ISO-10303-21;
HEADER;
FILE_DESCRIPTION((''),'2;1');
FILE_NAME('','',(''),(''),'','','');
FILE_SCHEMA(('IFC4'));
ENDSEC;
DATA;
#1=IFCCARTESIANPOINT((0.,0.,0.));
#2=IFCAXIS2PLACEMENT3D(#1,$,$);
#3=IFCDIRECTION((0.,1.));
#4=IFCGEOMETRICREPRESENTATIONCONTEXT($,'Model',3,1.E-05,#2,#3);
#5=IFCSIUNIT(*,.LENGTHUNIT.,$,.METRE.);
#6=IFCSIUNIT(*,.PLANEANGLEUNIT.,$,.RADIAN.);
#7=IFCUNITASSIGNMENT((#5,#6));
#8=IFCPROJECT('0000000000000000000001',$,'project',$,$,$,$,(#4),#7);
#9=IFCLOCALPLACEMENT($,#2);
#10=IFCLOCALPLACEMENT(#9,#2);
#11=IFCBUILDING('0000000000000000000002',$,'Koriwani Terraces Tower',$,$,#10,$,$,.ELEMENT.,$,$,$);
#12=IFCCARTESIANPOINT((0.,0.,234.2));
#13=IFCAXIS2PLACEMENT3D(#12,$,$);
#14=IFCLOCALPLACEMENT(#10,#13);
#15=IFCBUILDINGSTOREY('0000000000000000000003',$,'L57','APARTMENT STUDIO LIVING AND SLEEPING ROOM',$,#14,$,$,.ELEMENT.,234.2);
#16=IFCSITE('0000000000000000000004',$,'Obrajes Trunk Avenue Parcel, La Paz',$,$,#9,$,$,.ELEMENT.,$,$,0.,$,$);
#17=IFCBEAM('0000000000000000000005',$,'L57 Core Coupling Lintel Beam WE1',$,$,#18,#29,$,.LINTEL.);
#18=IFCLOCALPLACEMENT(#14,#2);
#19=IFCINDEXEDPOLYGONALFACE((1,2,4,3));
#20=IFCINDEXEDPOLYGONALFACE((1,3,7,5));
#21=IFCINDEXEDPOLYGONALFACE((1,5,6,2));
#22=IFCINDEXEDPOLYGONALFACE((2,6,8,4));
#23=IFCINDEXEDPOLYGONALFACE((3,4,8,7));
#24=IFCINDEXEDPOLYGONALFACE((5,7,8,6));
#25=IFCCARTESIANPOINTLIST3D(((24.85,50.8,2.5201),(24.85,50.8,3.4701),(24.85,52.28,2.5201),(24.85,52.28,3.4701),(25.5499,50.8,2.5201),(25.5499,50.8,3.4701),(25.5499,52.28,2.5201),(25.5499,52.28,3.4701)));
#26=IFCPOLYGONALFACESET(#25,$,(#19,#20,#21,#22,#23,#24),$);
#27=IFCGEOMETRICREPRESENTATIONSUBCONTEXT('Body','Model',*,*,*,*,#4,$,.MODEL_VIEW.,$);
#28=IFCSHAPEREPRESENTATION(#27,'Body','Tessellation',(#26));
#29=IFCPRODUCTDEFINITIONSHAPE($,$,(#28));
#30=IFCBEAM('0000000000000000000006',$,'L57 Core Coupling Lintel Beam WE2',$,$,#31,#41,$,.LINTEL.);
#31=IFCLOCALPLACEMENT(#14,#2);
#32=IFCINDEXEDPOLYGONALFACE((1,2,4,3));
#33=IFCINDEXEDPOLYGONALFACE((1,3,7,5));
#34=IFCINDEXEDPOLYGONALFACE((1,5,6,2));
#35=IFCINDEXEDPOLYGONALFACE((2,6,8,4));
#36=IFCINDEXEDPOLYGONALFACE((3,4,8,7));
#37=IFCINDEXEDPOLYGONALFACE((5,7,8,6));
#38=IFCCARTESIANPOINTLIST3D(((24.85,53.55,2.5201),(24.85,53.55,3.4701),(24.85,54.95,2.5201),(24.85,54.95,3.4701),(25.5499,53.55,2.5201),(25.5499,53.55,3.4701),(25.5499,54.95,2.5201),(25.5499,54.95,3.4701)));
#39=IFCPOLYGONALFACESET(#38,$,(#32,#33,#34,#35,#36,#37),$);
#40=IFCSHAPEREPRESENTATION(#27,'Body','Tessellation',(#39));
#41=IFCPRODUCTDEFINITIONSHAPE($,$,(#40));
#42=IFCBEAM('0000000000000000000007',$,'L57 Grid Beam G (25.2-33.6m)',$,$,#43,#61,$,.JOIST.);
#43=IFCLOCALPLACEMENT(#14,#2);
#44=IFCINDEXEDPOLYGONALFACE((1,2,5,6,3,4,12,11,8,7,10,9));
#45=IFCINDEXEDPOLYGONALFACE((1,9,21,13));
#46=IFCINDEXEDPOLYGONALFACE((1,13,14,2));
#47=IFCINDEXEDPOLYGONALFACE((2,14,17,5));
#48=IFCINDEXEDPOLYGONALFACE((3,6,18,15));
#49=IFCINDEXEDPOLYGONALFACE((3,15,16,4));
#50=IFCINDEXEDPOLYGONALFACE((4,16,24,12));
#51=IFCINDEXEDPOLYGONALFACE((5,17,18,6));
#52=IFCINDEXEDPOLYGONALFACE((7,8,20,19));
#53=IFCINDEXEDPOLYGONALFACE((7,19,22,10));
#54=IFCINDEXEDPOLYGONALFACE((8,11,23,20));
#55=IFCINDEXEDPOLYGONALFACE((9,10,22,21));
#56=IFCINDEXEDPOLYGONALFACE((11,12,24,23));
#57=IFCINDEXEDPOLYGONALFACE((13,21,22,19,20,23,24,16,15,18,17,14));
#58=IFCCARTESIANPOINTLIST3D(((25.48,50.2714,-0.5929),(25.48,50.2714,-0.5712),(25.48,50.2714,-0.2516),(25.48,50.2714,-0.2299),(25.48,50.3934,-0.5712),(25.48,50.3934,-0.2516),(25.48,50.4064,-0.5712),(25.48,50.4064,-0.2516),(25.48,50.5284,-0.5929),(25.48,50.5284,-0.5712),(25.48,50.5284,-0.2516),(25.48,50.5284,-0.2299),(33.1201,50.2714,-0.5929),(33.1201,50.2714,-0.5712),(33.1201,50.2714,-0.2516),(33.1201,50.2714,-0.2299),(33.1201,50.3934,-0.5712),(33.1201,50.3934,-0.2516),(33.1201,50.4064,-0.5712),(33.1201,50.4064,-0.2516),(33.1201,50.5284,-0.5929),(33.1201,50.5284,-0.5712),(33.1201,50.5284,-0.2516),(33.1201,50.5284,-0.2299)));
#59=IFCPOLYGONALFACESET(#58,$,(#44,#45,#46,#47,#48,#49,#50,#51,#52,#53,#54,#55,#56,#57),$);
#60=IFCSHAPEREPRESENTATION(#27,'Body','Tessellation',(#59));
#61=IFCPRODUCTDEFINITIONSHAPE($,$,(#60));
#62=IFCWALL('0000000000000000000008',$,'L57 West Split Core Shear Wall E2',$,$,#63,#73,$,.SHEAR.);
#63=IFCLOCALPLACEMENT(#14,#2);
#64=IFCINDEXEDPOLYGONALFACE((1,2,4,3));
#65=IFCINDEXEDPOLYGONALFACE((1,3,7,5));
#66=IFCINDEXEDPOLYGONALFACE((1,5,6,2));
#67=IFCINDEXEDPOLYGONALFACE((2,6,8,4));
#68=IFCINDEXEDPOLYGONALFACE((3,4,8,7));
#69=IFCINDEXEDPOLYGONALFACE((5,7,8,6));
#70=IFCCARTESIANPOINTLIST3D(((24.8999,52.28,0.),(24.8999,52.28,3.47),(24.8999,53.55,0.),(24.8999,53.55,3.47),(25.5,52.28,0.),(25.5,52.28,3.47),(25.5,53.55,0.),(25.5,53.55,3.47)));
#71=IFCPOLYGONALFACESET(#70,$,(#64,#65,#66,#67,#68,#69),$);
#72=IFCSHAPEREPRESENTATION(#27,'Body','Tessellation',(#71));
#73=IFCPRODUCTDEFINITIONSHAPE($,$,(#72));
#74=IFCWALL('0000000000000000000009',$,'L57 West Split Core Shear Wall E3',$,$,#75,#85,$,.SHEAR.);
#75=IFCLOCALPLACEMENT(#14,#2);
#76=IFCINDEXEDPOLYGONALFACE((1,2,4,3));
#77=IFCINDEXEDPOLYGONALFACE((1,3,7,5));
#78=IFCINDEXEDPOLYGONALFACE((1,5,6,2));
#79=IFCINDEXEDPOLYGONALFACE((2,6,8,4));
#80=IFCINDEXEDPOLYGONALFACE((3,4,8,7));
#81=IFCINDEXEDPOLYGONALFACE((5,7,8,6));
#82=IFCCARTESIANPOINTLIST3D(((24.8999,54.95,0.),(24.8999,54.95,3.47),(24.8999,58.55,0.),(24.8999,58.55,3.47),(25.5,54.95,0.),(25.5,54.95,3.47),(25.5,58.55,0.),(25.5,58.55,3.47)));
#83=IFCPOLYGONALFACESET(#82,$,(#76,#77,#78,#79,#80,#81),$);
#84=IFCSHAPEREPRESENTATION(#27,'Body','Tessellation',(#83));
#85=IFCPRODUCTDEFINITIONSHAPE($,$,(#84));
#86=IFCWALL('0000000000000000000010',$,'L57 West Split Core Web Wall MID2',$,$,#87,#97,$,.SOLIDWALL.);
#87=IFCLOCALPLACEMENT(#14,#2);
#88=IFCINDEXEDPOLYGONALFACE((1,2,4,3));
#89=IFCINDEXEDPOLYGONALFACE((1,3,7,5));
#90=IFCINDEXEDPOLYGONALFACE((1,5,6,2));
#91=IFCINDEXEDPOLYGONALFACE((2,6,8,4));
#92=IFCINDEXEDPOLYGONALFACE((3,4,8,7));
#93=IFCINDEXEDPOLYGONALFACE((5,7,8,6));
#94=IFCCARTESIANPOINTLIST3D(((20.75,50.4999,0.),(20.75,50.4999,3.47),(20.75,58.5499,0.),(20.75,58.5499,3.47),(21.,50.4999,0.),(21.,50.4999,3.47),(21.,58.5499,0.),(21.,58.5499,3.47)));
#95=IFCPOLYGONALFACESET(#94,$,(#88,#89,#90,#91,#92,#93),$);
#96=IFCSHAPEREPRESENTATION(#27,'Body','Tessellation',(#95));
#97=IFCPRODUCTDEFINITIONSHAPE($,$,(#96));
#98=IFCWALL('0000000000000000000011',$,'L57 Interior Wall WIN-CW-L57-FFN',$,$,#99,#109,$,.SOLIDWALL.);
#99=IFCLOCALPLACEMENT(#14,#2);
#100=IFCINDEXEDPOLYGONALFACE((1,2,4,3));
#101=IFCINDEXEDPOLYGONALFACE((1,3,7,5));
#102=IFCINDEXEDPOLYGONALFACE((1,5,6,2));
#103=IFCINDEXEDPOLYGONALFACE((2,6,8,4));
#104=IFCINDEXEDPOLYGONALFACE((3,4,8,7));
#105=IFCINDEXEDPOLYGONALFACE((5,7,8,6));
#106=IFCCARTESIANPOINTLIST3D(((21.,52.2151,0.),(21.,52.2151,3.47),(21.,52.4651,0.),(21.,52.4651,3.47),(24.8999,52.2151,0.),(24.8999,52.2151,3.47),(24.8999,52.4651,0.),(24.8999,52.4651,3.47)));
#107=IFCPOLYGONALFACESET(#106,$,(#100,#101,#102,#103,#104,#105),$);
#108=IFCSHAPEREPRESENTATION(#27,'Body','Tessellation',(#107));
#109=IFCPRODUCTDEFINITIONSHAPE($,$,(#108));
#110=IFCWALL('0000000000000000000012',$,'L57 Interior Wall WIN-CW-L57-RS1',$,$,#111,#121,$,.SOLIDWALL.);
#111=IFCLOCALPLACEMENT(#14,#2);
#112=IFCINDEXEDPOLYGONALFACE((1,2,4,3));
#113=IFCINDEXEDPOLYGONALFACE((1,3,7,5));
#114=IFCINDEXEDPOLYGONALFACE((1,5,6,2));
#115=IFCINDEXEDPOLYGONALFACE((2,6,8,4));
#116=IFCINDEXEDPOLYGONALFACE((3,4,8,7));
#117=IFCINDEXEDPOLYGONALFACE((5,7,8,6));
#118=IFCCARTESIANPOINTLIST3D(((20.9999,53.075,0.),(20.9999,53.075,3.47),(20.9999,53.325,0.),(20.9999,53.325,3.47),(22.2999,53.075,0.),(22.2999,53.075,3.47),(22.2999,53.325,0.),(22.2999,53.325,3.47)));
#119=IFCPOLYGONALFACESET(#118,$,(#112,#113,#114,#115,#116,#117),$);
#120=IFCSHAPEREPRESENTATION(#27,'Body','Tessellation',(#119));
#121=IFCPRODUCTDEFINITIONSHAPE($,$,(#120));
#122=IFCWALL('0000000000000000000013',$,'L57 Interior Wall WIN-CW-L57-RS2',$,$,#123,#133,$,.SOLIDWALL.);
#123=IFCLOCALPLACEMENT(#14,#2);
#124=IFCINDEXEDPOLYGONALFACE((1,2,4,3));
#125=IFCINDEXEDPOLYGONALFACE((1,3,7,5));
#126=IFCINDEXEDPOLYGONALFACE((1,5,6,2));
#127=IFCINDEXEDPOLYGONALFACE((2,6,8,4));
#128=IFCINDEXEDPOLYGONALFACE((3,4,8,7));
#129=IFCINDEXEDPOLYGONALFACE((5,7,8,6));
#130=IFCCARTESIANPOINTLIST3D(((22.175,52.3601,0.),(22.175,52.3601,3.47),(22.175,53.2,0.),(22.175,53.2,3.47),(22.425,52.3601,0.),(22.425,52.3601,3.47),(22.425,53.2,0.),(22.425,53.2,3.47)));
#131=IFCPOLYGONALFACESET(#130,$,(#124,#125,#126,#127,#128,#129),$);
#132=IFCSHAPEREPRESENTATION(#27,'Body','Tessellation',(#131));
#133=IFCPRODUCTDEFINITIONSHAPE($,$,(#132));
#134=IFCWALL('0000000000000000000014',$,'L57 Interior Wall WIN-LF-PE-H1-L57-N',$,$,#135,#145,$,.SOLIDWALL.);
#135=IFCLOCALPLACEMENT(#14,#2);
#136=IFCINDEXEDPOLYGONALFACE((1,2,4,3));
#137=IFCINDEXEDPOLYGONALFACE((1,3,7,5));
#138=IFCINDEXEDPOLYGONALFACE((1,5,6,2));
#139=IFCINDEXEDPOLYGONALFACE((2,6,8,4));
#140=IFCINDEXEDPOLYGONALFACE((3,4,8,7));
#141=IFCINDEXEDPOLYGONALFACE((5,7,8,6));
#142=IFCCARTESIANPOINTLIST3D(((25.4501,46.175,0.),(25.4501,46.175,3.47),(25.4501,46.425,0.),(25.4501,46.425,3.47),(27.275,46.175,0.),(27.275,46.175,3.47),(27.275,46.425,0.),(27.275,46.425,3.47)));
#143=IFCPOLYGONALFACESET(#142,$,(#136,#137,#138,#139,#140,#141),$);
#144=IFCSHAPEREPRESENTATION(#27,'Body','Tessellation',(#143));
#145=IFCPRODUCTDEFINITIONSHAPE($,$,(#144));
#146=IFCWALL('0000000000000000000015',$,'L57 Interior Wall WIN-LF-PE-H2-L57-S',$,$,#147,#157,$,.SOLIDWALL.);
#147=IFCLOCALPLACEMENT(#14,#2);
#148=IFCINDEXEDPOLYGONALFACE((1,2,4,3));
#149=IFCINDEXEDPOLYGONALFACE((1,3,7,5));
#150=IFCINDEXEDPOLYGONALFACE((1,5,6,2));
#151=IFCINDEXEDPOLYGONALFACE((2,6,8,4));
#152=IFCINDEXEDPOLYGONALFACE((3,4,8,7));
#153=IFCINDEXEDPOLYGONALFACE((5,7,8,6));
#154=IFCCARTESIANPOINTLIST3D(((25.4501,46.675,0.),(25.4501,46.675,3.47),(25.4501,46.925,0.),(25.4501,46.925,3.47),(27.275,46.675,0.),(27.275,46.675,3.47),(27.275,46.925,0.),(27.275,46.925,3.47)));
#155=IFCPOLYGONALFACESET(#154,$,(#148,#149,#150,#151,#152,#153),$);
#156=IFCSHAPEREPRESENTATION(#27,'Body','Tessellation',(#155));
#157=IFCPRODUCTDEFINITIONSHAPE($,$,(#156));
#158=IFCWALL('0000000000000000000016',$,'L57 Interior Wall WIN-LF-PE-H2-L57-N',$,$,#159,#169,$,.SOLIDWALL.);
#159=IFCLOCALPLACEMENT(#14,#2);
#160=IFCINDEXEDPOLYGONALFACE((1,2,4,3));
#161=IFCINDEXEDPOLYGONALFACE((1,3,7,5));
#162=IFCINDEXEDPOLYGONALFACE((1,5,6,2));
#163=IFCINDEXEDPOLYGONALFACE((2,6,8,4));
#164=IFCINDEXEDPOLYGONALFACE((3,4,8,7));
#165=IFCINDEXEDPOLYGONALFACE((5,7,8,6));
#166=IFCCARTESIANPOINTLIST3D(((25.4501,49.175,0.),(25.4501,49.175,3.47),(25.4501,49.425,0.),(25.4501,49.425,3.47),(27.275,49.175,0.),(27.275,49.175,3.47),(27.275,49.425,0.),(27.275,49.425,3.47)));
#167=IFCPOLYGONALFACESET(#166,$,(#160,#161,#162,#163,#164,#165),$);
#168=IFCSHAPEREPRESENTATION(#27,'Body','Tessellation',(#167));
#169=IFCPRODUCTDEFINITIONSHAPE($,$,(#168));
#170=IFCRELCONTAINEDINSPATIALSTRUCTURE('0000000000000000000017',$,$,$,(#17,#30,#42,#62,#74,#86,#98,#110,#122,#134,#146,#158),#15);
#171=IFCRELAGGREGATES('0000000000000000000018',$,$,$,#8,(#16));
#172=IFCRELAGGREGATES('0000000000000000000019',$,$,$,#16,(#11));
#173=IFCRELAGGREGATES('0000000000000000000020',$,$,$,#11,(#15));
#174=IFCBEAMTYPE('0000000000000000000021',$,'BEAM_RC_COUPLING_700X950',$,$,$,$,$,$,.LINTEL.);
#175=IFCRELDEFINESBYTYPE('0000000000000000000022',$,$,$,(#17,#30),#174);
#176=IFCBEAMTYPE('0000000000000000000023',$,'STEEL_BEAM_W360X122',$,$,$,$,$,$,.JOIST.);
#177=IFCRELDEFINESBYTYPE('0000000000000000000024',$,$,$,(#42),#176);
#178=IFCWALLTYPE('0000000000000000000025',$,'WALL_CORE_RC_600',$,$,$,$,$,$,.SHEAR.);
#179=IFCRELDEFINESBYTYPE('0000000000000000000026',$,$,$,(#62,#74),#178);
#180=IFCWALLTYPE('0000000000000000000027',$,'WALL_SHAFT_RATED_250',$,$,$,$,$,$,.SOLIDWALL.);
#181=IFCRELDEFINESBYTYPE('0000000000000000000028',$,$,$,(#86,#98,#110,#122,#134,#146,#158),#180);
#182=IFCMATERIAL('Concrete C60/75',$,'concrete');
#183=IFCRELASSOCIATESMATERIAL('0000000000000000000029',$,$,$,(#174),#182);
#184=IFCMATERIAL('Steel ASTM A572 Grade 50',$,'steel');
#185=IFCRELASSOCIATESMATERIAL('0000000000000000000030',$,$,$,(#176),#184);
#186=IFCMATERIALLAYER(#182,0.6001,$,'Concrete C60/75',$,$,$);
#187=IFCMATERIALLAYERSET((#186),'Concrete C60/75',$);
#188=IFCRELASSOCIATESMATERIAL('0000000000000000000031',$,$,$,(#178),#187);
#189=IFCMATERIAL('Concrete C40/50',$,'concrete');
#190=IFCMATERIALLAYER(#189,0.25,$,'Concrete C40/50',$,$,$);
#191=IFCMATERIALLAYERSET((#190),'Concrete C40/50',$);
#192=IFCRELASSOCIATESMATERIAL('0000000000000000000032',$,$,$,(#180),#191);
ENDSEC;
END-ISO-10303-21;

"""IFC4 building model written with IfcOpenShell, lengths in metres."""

from ifc_helpers import new_model, si_unit, direction, frame, frame_2d, origin, origin_2d, place, context, subcontext, project, spatial, rectangle, i_section, extrude, material, layer, layer_set, material_profile, profile_set, type_object, element, save


model = new_model("IFC4")

# Units and contexts
model_context = context("Model", 3, precision=1e-05, world=origin(), true_north=direction((0.0, 1.0)))
body_context = subcontext(model_context, "Body", "Model", "MODEL_VIEW")
ifc_project = project(units=[si_unit("LENGTHUNIT", "METRE"), si_unit("PLANEANGLEUNIT", "RADIAN")], contexts=[model_context])

# Site, building, storey
site_placement = place(None, origin())
site = spatial("IfcSite", under=ifc_project, at=site_placement, Name="Obrajes Trunk Avenue Parcel, La Paz", CompositionType="ELEMENT", RefElevation=0.0)
building_placement = place(site_placement, origin())
building = spatial("IfcBuilding", under=site, at=building_placement, Name="Koriwani Terraces Tower", CompositionType="ELEMENT")
storey_placement = place(building_placement, frame((0.0, 0.0, 234.2)))
storey = spatial("IfcBuildingStorey", under=building, at=storey_placement, Name="L57", Description="APARTMENT STUDIO LIVING AND SLEEPING ROOM", CompositionType="ELEMENT", Elevation=234.2)

# Beams
ifc_material_1 = material(Name="Concrete C60/75", Category="concrete")
ifc_material_profile_1 = material_profile(ifc_material_1, rectangle(XDim=0.7, YDim=0.95, at=origin_2d()), Name="Concrete C60/75", Category="LoadBearing")
ifc_profile_set_1 = profile_set([ifc_material_profile_1], Name="Concrete C60/75")
beam_type_1 = type_object("IfcBeamType", Name="BEAM_RC_COUPLING_700X950", PredefinedType="LINTEL", material=ifc_profile_set_1)
beam_1_placement = place(storey_placement, frame((25.2, 50.8, 2.9951), z_axis=(0.0, 1.0, 0.0), x_axis=(-1.0, 0.0, 0.0)))
element("IfcBeam", 1, at=beam_1_placement, inside=storey, type_object=beam_type_1, Name="L57 Core Coupling Lintel Beam WE1", PredefinedType="LINTEL", context=body_context, shape_type="SweptSolid", body=[
    extrude(rectangle(XDim=0.7, YDim=0.95, at=origin_2d()), origin(), (0.0, 0.0, 1.0), 1.48),
])
beam_2_placement = place(storey_placement, frame((25.2, 53.55, 2.9951), z_axis=(0.0, 1.0, 0.0), x_axis=(-1.0, 0.0, 0.0)))
element("IfcBeam", 2, at=beam_2_placement, inside=storey, type_object=beam_type_1, Name="L57 Core Coupling Lintel Beam WE2", PredefinedType="LINTEL", context=body_context, shape_type="SweptSolid", body=[
    extrude(rectangle(XDim=0.7, YDim=0.95, at=origin_2d()), origin(), (0.0, 0.0, 1.0), 1.3999),
])
ifc_material_2 = material(Name="Steel ASTM A572 Grade 50", Category="steel")
ifc_material_profile_2 = material_profile(ifc_material_2, i_section(OverallWidth=0.2571, OverallDepth=0.363, WebThickness=0.0129, FlangeThickness=0.0217, at=origin_2d()), Name="Steel ASTM A572 Grade 50", Category="LoadBearing")
ifc_profile_set_2 = profile_set([ifc_material_profile_2], Name="Steel ASTM A572 Grade 50")
beam_type_2 = type_object("IfcBeamType", Name="STEEL_BEAM_W360X122", PredefinedType="JOIST", material=ifc_profile_set_2)
beam_3_placement = place(storey_placement, frame((25.48, 50.3999, -0.4114), z_axis=(1.0, 0.0, 0.0), x_axis=(0.0, 1.0, 0.0)))
element("IfcBeam", 3, at=beam_3_placement, inside=storey, type_object=beam_type_2, Name="L57 Grid Beam G (25.2-33.6m)", PredefinedType="JOIST", context=body_context, shape_type="SweptSolid", body=[
    extrude(i_section(OverallWidth=0.2571, OverallDepth=0.363, WebThickness=0.0129, FlangeThickness=0.0217, at=origin_2d()), origin(), (0.0, 0.0, 1.0), 7.6401),
])

# Walls
ifc_layer_1 = layer(ifc_material_1, 0.6001, Name="Concrete C60/75")
ifc_layer_set_1 = layer_set([ifc_layer_1], Name="Concrete C60/75")
wall_type_1 = type_object("IfcWallType", Name="WALL_CORE_RC_600", PredefinedType="SHEAR", material=ifc_layer_set_1)
wall_1_placement = place(storey_placement, frame((25.2, 52.28, 0.0), z_axis=(0.0, 0.0, 1.0), x_axis=(0.0, 1.0, 0.0)))
element("IfcWall", 4, at=wall_1_placement, inside=storey, type_object=wall_type_1, Name="L57 West Split Core Shear Wall E2", PredefinedType="SHEAR", context=body_context, shape_type="SweptSolid", body=[
    extrude(rectangle(XDim=1.27, YDim=0.6001, at=frame_2d((0.635, 0.0))), origin(), (0.0, 0.0, 1.0), 3.47),
])
wall_2_placement = place(storey_placement, frame((25.2, 54.95, 0.0), z_axis=(0.0, 0.0, 1.0), x_axis=(0.0, 1.0, 0.0)))
element("IfcWall", 5, at=wall_2_placement, inside=storey, type_object=wall_type_1, Name="L57 West Split Core Shear Wall E3", PredefinedType="SHEAR", context=body_context, shape_type="SweptSolid", body=[
    extrude(rectangle(XDim=3.6001, YDim=0.6001, at=frame_2d((1.8, 0.0))), origin(), (0.0, 0.0, 1.0), 3.47),
])
ifc_material_3 = material(Name="Concrete C40/50", Category="concrete")
ifc_layer_2 = layer(ifc_material_3, 0.25, Name="Concrete C40/50")
ifc_layer_set_2 = layer_set([ifc_layer_2], Name="Concrete C40/50")
wall_type_2 = type_object("IfcWallType", Name="WALL_SHAFT_RATED_250", PredefinedType="SOLIDWALL", material=ifc_layer_set_2)
wall_3_placement = place(storey_placement, frame((20.875, 50.5, 0.0), z_axis=(0.0, 0.0, 1.0), x_axis=(0.0, 1.0, 0.0)))
element("IfcWall", 6, at=wall_3_placement, inside=storey, type_object=wall_type_2, Name="L57 West Split Core Web Wall MID2", PredefinedType="SOLIDWALL", context=body_context, shape_type="SweptSolid", body=[
    extrude(rectangle(XDim=8.05, YDim=0.25, at=frame_2d((4.0249, 0.0))), origin(), (0.0, 0.0, 1.0), 3.47),
])

# Wall
wall_4_placement = place(storey_placement, frame((21.0, 52.3401, 0.0), z_axis=(0.0, 0.0, 1.0), x_axis=(1.0, 0.0, 0.0)))
element("IfcWall", 7, at=wall_4_placement, inside=storey, type_object=wall_type_2, Name="L57 Interior Wall WIN-CW-L57-FFN", PredefinedType="SOLIDWALL", context=body_context, shape_type="SweptSolid", body=[
    extrude(rectangle(XDim=3.8999, YDim=0.25, at=frame_2d((1.95, 0.0))), origin(), (0.0, 0.0, 1.0), 3.47),
])

# Walls
wall_5_placement = place(storey_placement, frame((21.0, 53.2, 0.0), z_axis=(0.0, 0.0, 1.0), x_axis=(1.0, 0.0, 0.0)))
element("IfcWall", 8, at=wall_5_placement, inside=storey, type_object=wall_type_2, Name="L57 Interior Wall WIN-CW-L57-RS1", PredefinedType="SOLIDWALL", context=body_context, shape_type="SweptSolid", body=[
    extrude(rectangle(XDim=1.3, YDim=0.25, at=frame_2d((0.6499, 0.0))), origin(), (0.0, 0.0, 1.0), 3.47),
])
wall_6_placement = place(storey_placement, frame((22.3, 52.3601, 0.0), z_axis=(0.0, 0.0, 1.0), x_axis=(0.0, 1.0, 0.0)))
element("IfcWall", 9, at=wall_6_placement, inside=storey, type_object=wall_type_2, Name="L57 Interior Wall WIN-CW-L57-RS2", PredefinedType="SOLIDWALL", context=body_context, shape_type="SweptSolid", body=[
    extrude(rectangle(XDim=0.8398, YDim=0.25, at=frame_2d((0.4199, 0.0))), origin(), (0.0, 0.0, 1.0), 3.47),
])
for number, where, z_axis, x_axis, name in (
    (10, (25.45, 46.3, 0.0), (0.0, 0.0, 1.0), (1.0, 0.0, 0.0), "L57 Interior Wall WIN-LF-PE-H1-L57-N"),
    (11, (25.45, 46.8, 0.0), (0.0, 0.0, 1.0), (1.0, 0.0, 0.0), "L57 Interior Wall WIN-LF-PE-H2-L57-S"),
    (12, (25.45, 49.3, 0.0), (0.0, 0.0, 1.0), (1.0, 0.0, 0.0), "L57 Interior Wall WIN-LF-PE-H2-L57-N"),
):
    element("IfcWall", number, at=place(storey_placement, frame(where, z_axis=z_axis, x_axis=x_axis)), inside=storey, type_object=wall_type_2, Name=name, PredefinedType="SOLIDWALL", context=body_context, shape_type="SweptSolid", body=[
        extrude(rectangle(XDim=1.825, YDim=0.25, at=frame_2d((0.9126, 0.0))), origin(), (0.0, 0.0, 1.0), 3.47),
    ])

save(model, "model.ifc")
